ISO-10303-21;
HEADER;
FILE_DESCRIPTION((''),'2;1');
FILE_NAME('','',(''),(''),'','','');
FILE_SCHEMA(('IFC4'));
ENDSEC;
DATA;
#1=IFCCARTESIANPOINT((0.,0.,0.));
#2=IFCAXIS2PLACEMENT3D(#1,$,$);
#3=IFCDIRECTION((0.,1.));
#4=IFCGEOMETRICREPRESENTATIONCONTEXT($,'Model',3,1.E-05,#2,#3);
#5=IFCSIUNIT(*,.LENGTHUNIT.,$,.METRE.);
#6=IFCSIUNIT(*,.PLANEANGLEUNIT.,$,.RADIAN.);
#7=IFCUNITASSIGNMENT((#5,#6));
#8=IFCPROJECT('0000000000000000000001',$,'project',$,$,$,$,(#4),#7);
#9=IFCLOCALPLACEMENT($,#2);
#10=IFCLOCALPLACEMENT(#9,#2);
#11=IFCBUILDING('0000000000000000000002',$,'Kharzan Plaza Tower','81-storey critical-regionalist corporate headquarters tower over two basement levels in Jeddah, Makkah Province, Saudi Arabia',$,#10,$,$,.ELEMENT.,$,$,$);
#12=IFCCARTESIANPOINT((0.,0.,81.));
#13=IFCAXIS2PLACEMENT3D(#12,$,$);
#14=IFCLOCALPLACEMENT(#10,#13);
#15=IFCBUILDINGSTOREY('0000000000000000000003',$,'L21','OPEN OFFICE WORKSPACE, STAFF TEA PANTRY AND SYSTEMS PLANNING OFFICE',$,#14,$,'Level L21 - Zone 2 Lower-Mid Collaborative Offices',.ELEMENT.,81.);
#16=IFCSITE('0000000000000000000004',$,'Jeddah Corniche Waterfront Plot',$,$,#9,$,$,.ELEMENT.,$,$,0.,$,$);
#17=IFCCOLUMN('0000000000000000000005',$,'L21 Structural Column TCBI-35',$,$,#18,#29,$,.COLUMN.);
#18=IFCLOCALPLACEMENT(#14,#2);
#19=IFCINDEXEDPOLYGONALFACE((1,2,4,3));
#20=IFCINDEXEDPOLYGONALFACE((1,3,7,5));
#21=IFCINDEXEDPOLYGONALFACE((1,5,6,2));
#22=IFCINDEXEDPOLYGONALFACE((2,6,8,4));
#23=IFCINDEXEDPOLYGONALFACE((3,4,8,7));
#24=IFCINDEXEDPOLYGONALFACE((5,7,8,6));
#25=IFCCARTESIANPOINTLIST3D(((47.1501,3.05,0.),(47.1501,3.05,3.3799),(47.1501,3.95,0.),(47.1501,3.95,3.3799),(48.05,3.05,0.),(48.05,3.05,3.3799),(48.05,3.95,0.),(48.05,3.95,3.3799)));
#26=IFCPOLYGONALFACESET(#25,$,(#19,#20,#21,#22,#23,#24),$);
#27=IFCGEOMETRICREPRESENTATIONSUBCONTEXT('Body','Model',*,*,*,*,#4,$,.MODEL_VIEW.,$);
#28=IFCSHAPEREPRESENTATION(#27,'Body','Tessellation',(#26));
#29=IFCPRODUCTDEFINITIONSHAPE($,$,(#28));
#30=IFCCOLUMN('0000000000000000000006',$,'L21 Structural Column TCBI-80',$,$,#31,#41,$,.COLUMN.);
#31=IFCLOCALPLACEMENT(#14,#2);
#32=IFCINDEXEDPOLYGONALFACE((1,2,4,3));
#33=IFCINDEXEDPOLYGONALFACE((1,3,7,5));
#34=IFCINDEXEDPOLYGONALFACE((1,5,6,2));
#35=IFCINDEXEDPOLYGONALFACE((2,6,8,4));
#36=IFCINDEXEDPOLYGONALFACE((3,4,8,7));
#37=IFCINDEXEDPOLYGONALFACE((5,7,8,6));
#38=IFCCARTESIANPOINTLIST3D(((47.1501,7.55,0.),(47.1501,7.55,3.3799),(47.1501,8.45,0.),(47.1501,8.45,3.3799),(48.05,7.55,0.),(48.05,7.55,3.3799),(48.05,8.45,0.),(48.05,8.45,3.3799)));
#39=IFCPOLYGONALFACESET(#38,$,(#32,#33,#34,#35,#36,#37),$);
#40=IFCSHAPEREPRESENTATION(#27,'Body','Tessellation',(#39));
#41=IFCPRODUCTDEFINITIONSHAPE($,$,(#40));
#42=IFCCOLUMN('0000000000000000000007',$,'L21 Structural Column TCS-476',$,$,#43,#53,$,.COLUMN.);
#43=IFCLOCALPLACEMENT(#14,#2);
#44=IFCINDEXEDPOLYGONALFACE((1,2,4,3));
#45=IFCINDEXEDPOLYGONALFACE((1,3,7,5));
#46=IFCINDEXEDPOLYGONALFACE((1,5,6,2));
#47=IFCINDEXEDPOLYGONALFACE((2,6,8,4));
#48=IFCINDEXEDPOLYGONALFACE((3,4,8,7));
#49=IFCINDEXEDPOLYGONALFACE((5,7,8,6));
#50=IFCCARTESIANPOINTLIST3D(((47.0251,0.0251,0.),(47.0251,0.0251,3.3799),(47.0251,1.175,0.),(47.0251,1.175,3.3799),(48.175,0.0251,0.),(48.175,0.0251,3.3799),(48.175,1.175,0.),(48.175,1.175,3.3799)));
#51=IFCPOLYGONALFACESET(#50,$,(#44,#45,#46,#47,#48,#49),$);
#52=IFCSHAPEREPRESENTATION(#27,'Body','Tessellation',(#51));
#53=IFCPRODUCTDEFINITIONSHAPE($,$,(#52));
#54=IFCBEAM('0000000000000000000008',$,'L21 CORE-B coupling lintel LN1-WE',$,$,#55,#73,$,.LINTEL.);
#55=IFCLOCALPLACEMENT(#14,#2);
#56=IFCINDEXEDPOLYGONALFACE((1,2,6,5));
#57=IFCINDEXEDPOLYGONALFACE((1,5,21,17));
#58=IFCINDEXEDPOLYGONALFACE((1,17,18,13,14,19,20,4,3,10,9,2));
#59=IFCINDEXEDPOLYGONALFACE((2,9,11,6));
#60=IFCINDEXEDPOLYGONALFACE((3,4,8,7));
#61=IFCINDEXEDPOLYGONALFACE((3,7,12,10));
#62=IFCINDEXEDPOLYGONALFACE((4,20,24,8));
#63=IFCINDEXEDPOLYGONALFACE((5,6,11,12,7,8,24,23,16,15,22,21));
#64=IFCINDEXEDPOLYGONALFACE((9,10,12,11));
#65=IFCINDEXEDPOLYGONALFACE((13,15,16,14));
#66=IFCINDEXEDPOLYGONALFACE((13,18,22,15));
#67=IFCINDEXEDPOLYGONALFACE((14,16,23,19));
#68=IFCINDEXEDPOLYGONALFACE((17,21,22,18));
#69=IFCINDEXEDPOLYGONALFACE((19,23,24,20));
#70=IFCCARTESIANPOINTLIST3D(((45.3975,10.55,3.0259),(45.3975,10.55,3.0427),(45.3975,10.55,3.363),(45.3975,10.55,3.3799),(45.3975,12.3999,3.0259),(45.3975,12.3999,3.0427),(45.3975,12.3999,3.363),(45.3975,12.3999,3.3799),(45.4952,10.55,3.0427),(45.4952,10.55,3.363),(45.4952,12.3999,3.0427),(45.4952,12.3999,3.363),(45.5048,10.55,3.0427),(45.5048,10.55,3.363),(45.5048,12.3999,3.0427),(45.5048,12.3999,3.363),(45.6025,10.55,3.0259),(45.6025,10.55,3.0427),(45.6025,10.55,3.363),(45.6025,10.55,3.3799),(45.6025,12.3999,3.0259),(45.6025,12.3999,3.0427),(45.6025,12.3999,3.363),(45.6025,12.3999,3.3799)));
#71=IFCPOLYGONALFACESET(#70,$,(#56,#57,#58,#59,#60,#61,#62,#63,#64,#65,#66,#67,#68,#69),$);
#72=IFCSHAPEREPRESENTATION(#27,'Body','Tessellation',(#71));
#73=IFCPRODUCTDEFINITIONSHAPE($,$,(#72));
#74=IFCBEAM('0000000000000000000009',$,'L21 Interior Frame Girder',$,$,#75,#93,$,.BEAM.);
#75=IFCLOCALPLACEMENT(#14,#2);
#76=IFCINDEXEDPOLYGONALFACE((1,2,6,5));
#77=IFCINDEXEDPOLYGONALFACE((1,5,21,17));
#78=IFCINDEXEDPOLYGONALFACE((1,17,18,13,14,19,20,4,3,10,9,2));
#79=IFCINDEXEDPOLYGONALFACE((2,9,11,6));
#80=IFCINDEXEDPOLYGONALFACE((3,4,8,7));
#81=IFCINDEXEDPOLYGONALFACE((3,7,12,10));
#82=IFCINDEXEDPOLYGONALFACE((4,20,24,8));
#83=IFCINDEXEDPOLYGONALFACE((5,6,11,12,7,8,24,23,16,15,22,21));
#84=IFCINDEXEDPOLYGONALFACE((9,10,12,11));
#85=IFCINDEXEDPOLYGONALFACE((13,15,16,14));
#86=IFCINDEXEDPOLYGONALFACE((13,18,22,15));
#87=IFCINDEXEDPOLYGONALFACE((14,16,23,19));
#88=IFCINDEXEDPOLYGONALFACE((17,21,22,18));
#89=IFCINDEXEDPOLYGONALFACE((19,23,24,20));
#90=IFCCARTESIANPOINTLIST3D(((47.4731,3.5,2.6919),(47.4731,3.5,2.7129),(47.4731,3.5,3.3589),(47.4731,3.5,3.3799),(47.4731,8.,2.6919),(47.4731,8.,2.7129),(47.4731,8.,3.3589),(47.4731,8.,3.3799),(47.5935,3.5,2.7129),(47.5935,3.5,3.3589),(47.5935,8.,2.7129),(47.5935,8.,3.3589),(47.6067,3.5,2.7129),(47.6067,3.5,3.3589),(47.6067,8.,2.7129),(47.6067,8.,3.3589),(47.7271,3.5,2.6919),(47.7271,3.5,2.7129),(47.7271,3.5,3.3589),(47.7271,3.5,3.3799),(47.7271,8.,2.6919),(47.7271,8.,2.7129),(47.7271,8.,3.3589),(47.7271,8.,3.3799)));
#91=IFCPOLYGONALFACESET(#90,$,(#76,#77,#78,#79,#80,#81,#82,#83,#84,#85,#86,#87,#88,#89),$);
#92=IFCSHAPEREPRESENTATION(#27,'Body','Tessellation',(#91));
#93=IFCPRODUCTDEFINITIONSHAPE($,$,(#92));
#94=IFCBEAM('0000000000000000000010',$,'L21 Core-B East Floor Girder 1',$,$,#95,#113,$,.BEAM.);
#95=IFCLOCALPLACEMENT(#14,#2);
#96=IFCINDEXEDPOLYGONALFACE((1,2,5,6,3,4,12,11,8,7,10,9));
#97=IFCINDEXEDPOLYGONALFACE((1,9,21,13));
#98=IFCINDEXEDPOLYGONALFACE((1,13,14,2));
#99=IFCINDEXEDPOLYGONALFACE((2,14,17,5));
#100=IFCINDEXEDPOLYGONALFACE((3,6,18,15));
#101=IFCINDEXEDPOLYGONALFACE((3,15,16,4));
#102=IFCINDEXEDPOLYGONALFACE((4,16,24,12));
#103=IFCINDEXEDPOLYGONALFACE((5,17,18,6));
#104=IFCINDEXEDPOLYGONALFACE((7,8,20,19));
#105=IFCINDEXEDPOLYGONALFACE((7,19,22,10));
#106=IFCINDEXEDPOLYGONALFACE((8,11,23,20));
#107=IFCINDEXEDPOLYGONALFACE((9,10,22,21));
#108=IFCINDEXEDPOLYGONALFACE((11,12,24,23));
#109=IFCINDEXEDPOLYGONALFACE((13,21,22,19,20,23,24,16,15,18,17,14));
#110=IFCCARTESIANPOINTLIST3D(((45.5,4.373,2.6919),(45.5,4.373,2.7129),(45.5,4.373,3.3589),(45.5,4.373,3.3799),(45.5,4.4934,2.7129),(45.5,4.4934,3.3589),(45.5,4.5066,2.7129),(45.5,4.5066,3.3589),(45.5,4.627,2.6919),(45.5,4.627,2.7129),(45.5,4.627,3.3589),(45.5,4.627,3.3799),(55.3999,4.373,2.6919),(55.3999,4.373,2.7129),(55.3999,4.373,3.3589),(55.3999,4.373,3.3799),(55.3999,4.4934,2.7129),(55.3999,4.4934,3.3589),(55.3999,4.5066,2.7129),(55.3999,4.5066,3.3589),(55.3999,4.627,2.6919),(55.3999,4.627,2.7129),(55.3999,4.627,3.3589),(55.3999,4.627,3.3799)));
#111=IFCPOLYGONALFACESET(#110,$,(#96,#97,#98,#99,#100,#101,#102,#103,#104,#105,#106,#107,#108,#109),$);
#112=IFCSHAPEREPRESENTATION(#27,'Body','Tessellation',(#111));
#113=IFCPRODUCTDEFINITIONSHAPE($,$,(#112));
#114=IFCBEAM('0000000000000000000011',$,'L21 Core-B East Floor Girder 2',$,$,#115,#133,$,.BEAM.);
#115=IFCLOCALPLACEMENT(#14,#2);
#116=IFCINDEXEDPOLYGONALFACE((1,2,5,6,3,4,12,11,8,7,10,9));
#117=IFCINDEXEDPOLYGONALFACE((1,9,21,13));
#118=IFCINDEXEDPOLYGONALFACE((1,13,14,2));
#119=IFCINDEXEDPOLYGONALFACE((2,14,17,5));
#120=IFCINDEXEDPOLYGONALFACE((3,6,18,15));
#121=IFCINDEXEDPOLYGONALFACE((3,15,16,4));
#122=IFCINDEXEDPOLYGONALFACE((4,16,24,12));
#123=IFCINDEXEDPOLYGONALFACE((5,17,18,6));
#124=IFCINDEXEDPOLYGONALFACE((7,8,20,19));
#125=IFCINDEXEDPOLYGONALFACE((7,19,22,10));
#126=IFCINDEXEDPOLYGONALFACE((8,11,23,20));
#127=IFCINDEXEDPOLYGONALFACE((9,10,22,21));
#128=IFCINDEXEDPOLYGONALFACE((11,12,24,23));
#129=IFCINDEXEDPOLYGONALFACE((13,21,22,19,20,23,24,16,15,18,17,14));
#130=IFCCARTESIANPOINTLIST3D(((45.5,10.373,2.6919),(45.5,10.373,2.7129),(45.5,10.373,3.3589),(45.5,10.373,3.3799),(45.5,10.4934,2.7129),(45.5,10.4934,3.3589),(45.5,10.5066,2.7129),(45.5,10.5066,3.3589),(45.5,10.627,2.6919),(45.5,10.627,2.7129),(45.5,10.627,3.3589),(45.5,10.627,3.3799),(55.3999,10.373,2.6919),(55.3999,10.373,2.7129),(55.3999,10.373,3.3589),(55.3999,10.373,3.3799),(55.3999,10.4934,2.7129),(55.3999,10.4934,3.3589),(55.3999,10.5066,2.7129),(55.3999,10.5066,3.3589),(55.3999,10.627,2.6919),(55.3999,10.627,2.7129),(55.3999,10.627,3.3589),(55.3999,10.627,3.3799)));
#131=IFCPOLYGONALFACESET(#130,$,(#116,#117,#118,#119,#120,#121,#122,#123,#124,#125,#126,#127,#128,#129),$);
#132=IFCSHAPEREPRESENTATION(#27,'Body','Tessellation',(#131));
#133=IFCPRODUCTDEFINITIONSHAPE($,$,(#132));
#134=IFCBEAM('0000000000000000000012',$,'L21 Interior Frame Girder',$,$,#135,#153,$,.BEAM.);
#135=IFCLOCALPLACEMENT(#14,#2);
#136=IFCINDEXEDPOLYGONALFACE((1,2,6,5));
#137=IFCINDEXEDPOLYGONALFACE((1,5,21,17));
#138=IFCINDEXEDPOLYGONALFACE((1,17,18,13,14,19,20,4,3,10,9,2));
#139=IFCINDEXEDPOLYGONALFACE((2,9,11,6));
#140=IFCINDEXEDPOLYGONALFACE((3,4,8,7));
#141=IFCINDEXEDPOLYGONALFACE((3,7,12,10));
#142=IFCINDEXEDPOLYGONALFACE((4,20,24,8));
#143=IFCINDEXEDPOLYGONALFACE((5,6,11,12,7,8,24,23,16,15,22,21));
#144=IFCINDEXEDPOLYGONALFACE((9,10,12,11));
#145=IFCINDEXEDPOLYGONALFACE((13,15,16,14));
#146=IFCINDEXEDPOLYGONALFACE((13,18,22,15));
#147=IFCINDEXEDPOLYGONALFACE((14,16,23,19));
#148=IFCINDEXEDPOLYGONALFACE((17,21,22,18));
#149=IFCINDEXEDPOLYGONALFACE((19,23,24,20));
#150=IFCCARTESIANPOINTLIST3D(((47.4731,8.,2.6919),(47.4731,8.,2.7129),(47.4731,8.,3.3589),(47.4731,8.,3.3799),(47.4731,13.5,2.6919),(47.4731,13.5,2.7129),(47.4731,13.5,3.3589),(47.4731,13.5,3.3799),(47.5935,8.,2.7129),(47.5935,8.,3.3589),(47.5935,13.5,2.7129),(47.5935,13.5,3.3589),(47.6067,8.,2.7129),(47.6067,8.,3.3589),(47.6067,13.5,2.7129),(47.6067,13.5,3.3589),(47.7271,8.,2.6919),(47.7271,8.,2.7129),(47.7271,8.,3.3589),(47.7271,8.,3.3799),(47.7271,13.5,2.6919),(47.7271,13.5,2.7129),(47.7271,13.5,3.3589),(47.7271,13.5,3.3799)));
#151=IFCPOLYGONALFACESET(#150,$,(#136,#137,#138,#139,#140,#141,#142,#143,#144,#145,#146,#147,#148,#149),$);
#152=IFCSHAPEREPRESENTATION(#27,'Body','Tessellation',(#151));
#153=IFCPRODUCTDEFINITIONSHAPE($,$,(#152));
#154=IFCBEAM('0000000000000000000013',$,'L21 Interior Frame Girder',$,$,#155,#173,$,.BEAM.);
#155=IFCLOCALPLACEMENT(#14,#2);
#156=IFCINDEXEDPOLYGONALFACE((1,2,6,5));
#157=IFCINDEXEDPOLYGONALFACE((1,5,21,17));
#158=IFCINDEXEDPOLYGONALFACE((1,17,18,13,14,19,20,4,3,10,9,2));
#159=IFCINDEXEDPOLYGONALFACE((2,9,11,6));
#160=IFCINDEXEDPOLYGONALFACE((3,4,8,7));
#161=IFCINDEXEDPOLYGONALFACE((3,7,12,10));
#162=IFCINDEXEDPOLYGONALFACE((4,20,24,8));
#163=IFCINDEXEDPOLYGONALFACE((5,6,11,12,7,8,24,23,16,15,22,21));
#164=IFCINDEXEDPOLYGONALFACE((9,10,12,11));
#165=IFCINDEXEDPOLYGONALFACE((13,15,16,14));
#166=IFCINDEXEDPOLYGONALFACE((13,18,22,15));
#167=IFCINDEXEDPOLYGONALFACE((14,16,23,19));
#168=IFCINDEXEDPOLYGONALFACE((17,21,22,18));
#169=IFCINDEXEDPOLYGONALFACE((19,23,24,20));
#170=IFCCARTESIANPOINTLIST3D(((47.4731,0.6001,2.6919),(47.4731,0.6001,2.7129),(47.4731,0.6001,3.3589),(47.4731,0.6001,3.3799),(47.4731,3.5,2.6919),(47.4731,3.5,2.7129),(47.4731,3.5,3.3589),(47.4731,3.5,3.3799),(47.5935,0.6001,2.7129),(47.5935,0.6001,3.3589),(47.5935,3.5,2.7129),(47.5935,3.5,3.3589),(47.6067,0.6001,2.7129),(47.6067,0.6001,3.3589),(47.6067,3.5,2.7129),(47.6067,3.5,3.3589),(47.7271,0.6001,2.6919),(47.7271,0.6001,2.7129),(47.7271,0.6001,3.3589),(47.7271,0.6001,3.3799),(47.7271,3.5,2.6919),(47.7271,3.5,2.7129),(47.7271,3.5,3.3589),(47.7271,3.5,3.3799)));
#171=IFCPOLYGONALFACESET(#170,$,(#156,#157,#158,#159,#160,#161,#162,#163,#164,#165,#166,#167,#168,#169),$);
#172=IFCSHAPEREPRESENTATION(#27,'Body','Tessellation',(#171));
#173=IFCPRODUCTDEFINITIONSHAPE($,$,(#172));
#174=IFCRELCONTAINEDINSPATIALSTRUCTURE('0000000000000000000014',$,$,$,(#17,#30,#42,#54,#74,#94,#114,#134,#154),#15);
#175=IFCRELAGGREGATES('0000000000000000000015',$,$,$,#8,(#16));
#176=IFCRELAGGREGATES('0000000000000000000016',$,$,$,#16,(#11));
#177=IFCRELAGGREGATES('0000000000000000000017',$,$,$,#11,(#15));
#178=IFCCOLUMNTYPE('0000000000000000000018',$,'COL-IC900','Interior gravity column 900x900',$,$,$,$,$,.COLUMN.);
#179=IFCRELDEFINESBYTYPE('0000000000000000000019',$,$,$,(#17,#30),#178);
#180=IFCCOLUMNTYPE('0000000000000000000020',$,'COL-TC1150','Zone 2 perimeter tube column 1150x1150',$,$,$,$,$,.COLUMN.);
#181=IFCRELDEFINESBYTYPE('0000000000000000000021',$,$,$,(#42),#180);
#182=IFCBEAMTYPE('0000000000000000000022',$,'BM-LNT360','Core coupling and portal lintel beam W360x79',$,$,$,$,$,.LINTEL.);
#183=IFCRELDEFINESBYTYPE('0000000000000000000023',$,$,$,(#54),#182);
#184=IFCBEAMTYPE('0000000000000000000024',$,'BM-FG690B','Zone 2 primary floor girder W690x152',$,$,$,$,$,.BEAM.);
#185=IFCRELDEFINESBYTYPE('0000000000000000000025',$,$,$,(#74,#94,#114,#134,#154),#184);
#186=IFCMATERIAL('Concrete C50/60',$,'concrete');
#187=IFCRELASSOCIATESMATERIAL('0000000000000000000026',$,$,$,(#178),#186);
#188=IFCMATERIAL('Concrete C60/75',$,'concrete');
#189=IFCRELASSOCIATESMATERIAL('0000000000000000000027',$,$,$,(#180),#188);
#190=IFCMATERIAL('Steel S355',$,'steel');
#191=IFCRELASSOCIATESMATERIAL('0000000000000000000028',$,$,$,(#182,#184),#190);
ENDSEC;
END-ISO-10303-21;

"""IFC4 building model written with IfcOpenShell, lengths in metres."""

from ifc_helpers import new_model, si_unit, direction, frame, origin, origin_2d, place, context, subcontext, project, spatial, rectangle, i_section, extrude, source, transform, mapped, material, material_profile, profile_set, type_object, element, save


model = new_model("IFC4")

# Units and contexts
model_context = context("Model", 3, precision=1e-05, world=origin(), true_north=direction((0.0, 1.0)))
body_context = subcontext(model_context, "Body", "Model", "MODEL_VIEW")
ifc_project = project(units=[si_unit("LENGTHUNIT", "METRE"), si_unit("PLANEANGLEUNIT", "RADIAN")], contexts=[model_context])

# Site, building, storey
site_placement = place(None, origin())
site = spatial("IfcSite", under=ifc_project, at=site_placement, Name="Jeddah Corniche Waterfront Plot", CompositionType="ELEMENT", RefElevation=0.0)
building_placement = place(site_placement, origin())
building = spatial("IfcBuilding", under=site, at=building_placement, Name="Kharzan Plaza Tower", Description="81-storey critical-regionalist corporate headquarters tower over two basement levels in Jeddah, Makkah Province, Saudi Arabia", CompositionType="ELEMENT")
storey_placement = place(building_placement, frame((0.0, 0.0, 81.0)))
storey = spatial("IfcBuildingStorey", under=building, at=storey_placement, Name="L21", Description="OPEN OFFICE WORKSPACE, STAFF TEA PANTRY AND SYSTEMS PLANNING OFFICE", LongName="Level L21 - Zone 2 Lower-Mid Collaborative Offices", CompositionType="ELEMENT", Elevation=81.0)

# Columns
ifc_material_1 = material(Name="Concrete C50/60", Category="concrete")
ifc_material_profile_1 = material_profile(ifc_material_1, rectangle(XDim=0.8999, YDim=0.8999, at=origin_2d()), Name="RC-IC900x900")
ifc_profile_set_1 = profile_set([ifc_material_profile_1], Name="Concrete C50/60")
column_type_1 = type_object("IfcColumnType", Name="COL-IC900", Description="Interior gravity column 900x900", PredefinedType="COLUMN", material=ifc_profile_set_1)
shared_shape_1 = source(origin(), body_context, "Body", "SweptSolid", [
    extrude(rectangle(XDim=0.8999, YDim=0.8999, at=origin_2d()), origin(), (0.0, 0.0, 1.0), 3.3799),
])
for number, where, z_axis, x_axis, name in (
    (1, (47.6001, 3.5, 0.0), (0.0, 0.0, 1.0), (1.0, 0.0, 0.0), "L21 Structural Column TCBI-35"),
    (2, (47.6001, 8.0, 0.0), (0.0, 0.0, 1.0), (1.0, 0.0, 0.0), "L21 Structural Column TCBI-80"),
):
    element("IfcColumn", number, at=place(storey_placement, frame(where, z_axis=z_axis, x_axis=x_axis)), inside=storey, type_object=column_type_1, Name=name, PredefinedType="COLUMN", context=body_context, shape_type="MappedRepresentation", body=[
        mapped(shared_shape_1, transform((0.0, 0.0, 0.0), x_axis=(1.0, 0.0, 0.0), y_axis=(0.0, 1.0, 0.0), z_axis=(0.0, 0.0, 1.0))),
    ])
ifc_material_2 = material(Name="Concrete C60/75", Category="concrete")
ifc_material_profile_2 = material_profile(ifc_material_2, rectangle(XDim=1.1499, YDim=1.1499, at=origin_2d()), Name="RC-TC1150x1150")
ifc_profile_set_2 = profile_set([ifc_material_profile_2], Name="Concrete C60/75")
column_type_2 = type_object("IfcColumnType", Name="COL-TC1150", Description="Zone 2 perimeter tube column 1150x1150", PredefinedType="COLUMN", material=ifc_profile_set_2)
shared_shape_2 = source(origin(), body_context, "Body", "SweptSolid", [
    extrude(rectangle(XDim=1.1499, YDim=1.1499, at=origin_2d()), origin(), (0.0, 0.0, 1.0), 3.3799),
])
column_placement = place(storey_placement, frame((47.6001, 0.6001, 0.0), z_axis=(0.0, 0.0, 1.0), x_axis=(1.0, 0.0, 0.0)))
element("IfcColumn", 3, at=column_placement, inside=storey, type_object=column_type_2, Name="L21 Structural Column TCS-476", PredefinedType="COLUMN", context=body_context, shape_type="MappedRepresentation", body=[
    mapped(shared_shape_2, transform((0.0, 0.0, 0.0), x_axis=(1.0, 0.0, 0.0), y_axis=(0.0, 1.0, 0.0), z_axis=(0.0, 0.0, 1.0))),
])

# Beams
ifc_material_3 = material(Name="Steel S355", Category="steel")
ifc_material_profile_3 = material_profile(ifc_material_3, i_section(OverallWidth=0.2051, OverallDepth=0.354, WebThickness=0.0095, FlangeThickness=0.0168, at=origin_2d()), Name="W360x79")
ifc_profile_set_3 = profile_set([ifc_material_profile_3], Name="Steel S355")
beam_type_1 = type_object("IfcBeamType", Name="BM-LNT360", Description="Core coupling and portal lintel beam W360x79", PredefinedType="LINTEL", material=ifc_profile_set_3)
shared_shape_3 = source(origin(), body_context, "Body", "SweptSolid", [
    extrude(i_section(OverallWidth=0.2051, OverallDepth=0.354, WebThickness=0.0095, FlangeThickness=0.0168, at=origin_2d()), origin(), (0.0, 0.0, 1.0), 1.8499),
])
beam_1_placement = place(storey_placement, frame((45.5, 10.55, 3.2029), z_axis=(0.0, 1.0, 0.0), x_axis=(-1.0, 0.0, 0.0)))
element("IfcBeam", 4, at=beam_1_placement, inside=storey, type_object=beam_type_1, Name="L21 CORE-B coupling lintel LN1-WE", PredefinedType="LINTEL", context=body_context, shape_type="MappedRepresentation", body=[
    mapped(shared_shape_3, transform((0.0, 0.0, 0.0), x_axis=(1.0, 0.0, 0.0), y_axis=(0.0, 1.0, 0.0), z_axis=(0.0, 0.0, 1.0))),
])
ifc_material_profile_4 = material_profile(ifc_material_3, i_section(OverallWidth=0.2539, OverallDepth=0.688, WebThickness=0.0132, FlangeThickness=0.021, at=origin_2d()), Name="W690x152")
ifc_profile_set_4 = profile_set([ifc_material_profile_4], Name="Steel S355")
beam_type_2 = type_object("IfcBeamType", Name="BM-FG690B", Description="Zone 2 primary floor girder W690x152", PredefinedType="BEAM", material=ifc_profile_set_4)
shared_shape_4 = source(origin(), body_context, "Body", "SweptSolid", [
    extrude(i_section(OverallWidth=0.2539, OverallDepth=0.688, WebThickness=0.0132, FlangeThickness=0.021, at=origin_2d()), origin(), (0.0, 0.0, 1.0), 4.5),
])
beam_2_placement = place(storey_placement, frame((47.6001, 3.5, 3.0359), z_axis=(0.0, 1.0, 0.0), x_axis=(-1.0, 0.0, 0.0)))
element("IfcBeam", 5, at=beam_2_placement, inside=storey, type_object=beam_type_2, Name="L21 Interior Frame Girder", PredefinedType="BEAM", context=body_context, shape_type="MappedRepresentation", body=[
    mapped(shared_shape_4, transform((0.0, 0.0, 0.0), x_axis=(1.0, 0.0, 0.0), y_axis=(0.0, 1.0, 0.0), z_axis=(0.0, 0.0, 1.0))),
])
shared_shape_5 = source(origin(), body_context, "Body", "SweptSolid", [
    extrude(i_section(OverallWidth=0.2539, OverallDepth=0.688, WebThickness=0.0132, FlangeThickness=0.021, at=origin_2d()), origin(), (0.0, 0.0, 1.0), 9.8999),
])
for number, where, z_axis, x_axis, name in (
    (6, (45.5, 4.5, 3.0359), (1.0, 0.0, 0.0), (0.0, 1.0, 0.0), "L21 Core-B East Floor Girder 1"),
    (7, (45.5, 10.5, 3.0359), (1.0, 0.0, 0.0), (0.0, 1.0, 0.0), "L21 Core-B East Floor Girder 2"),
):
    element("IfcBeam", number, at=place(storey_placement, frame(where, z_axis=z_axis, x_axis=x_axis)), inside=storey, type_object=beam_type_2, Name=name, PredefinedType="BEAM", context=body_context, shape_type="MappedRepresentation", body=[
        mapped(shared_shape_5, transform((0.0, 0.0, 0.0), x_axis=(1.0, 0.0, 0.0), y_axis=(0.0, 1.0, 0.0), z_axis=(0.0, 0.0, 1.0))),
    ])
shared_shape_6 = source(origin(), body_context, "Body", "SweptSolid", [
    extrude(i_section(OverallWidth=0.2539, OverallDepth=0.688, WebThickness=0.0132, FlangeThickness=0.021, at=origin_2d()), origin(), (0.0, 0.0, 1.0), 5.5),
])
beam_3_placement = place(storey_placement, frame((47.6001, 8.0, 3.0359), z_axis=(0.0, 1.0, 0.0), x_axis=(-1.0, 0.0, 0.0)))
element("IfcBeam", 8, at=beam_3_placement, inside=storey, type_object=beam_type_2, Name="L21 Interior Frame Girder", PredefinedType="BEAM", context=body_context, shape_type="MappedRepresentation", body=[
    mapped(shared_shape_6, transform((0.0, 0.0, 0.0), x_axis=(1.0, 0.0, 0.0), y_axis=(0.0, 1.0, 0.0), z_axis=(0.0, 0.0, 1.0))),
])
shared_shape_7 = source(origin(), body_context, "Body", "SweptSolid", [
    extrude(i_section(OverallWidth=0.2539, OverallDepth=0.688, WebThickness=0.0132, FlangeThickness=0.021, at=origin_2d()), origin(), (0.0, 0.0, 1.0), 2.8999),
])
for number, where, z_axis, x_axis, name in (
    (9, (47.6001, 0.6001, 3.0359), (0.0, 1.0, 0.0), (-1.0, 0.0, 0.0), "L21 Interior Frame Girder"),
):
    element("IfcBeam", number, at=place(storey_placement, frame(where, z_axis=z_axis, x_axis=x_axis)), inside=storey, type_object=beam_type_2, Name=name, PredefinedType="BEAM", context=body_context, shape_type="MappedRepresentation", body=[
        mapped(shared_shape_7, transform((0.0, 0.0, 0.0), x_axis=(1.0, 0.0, 0.0), y_axis=(0.0, 1.0, 0.0), z_axis=(0.0, 0.0, 1.0))),
    ])

save(model, "model.ifc")
